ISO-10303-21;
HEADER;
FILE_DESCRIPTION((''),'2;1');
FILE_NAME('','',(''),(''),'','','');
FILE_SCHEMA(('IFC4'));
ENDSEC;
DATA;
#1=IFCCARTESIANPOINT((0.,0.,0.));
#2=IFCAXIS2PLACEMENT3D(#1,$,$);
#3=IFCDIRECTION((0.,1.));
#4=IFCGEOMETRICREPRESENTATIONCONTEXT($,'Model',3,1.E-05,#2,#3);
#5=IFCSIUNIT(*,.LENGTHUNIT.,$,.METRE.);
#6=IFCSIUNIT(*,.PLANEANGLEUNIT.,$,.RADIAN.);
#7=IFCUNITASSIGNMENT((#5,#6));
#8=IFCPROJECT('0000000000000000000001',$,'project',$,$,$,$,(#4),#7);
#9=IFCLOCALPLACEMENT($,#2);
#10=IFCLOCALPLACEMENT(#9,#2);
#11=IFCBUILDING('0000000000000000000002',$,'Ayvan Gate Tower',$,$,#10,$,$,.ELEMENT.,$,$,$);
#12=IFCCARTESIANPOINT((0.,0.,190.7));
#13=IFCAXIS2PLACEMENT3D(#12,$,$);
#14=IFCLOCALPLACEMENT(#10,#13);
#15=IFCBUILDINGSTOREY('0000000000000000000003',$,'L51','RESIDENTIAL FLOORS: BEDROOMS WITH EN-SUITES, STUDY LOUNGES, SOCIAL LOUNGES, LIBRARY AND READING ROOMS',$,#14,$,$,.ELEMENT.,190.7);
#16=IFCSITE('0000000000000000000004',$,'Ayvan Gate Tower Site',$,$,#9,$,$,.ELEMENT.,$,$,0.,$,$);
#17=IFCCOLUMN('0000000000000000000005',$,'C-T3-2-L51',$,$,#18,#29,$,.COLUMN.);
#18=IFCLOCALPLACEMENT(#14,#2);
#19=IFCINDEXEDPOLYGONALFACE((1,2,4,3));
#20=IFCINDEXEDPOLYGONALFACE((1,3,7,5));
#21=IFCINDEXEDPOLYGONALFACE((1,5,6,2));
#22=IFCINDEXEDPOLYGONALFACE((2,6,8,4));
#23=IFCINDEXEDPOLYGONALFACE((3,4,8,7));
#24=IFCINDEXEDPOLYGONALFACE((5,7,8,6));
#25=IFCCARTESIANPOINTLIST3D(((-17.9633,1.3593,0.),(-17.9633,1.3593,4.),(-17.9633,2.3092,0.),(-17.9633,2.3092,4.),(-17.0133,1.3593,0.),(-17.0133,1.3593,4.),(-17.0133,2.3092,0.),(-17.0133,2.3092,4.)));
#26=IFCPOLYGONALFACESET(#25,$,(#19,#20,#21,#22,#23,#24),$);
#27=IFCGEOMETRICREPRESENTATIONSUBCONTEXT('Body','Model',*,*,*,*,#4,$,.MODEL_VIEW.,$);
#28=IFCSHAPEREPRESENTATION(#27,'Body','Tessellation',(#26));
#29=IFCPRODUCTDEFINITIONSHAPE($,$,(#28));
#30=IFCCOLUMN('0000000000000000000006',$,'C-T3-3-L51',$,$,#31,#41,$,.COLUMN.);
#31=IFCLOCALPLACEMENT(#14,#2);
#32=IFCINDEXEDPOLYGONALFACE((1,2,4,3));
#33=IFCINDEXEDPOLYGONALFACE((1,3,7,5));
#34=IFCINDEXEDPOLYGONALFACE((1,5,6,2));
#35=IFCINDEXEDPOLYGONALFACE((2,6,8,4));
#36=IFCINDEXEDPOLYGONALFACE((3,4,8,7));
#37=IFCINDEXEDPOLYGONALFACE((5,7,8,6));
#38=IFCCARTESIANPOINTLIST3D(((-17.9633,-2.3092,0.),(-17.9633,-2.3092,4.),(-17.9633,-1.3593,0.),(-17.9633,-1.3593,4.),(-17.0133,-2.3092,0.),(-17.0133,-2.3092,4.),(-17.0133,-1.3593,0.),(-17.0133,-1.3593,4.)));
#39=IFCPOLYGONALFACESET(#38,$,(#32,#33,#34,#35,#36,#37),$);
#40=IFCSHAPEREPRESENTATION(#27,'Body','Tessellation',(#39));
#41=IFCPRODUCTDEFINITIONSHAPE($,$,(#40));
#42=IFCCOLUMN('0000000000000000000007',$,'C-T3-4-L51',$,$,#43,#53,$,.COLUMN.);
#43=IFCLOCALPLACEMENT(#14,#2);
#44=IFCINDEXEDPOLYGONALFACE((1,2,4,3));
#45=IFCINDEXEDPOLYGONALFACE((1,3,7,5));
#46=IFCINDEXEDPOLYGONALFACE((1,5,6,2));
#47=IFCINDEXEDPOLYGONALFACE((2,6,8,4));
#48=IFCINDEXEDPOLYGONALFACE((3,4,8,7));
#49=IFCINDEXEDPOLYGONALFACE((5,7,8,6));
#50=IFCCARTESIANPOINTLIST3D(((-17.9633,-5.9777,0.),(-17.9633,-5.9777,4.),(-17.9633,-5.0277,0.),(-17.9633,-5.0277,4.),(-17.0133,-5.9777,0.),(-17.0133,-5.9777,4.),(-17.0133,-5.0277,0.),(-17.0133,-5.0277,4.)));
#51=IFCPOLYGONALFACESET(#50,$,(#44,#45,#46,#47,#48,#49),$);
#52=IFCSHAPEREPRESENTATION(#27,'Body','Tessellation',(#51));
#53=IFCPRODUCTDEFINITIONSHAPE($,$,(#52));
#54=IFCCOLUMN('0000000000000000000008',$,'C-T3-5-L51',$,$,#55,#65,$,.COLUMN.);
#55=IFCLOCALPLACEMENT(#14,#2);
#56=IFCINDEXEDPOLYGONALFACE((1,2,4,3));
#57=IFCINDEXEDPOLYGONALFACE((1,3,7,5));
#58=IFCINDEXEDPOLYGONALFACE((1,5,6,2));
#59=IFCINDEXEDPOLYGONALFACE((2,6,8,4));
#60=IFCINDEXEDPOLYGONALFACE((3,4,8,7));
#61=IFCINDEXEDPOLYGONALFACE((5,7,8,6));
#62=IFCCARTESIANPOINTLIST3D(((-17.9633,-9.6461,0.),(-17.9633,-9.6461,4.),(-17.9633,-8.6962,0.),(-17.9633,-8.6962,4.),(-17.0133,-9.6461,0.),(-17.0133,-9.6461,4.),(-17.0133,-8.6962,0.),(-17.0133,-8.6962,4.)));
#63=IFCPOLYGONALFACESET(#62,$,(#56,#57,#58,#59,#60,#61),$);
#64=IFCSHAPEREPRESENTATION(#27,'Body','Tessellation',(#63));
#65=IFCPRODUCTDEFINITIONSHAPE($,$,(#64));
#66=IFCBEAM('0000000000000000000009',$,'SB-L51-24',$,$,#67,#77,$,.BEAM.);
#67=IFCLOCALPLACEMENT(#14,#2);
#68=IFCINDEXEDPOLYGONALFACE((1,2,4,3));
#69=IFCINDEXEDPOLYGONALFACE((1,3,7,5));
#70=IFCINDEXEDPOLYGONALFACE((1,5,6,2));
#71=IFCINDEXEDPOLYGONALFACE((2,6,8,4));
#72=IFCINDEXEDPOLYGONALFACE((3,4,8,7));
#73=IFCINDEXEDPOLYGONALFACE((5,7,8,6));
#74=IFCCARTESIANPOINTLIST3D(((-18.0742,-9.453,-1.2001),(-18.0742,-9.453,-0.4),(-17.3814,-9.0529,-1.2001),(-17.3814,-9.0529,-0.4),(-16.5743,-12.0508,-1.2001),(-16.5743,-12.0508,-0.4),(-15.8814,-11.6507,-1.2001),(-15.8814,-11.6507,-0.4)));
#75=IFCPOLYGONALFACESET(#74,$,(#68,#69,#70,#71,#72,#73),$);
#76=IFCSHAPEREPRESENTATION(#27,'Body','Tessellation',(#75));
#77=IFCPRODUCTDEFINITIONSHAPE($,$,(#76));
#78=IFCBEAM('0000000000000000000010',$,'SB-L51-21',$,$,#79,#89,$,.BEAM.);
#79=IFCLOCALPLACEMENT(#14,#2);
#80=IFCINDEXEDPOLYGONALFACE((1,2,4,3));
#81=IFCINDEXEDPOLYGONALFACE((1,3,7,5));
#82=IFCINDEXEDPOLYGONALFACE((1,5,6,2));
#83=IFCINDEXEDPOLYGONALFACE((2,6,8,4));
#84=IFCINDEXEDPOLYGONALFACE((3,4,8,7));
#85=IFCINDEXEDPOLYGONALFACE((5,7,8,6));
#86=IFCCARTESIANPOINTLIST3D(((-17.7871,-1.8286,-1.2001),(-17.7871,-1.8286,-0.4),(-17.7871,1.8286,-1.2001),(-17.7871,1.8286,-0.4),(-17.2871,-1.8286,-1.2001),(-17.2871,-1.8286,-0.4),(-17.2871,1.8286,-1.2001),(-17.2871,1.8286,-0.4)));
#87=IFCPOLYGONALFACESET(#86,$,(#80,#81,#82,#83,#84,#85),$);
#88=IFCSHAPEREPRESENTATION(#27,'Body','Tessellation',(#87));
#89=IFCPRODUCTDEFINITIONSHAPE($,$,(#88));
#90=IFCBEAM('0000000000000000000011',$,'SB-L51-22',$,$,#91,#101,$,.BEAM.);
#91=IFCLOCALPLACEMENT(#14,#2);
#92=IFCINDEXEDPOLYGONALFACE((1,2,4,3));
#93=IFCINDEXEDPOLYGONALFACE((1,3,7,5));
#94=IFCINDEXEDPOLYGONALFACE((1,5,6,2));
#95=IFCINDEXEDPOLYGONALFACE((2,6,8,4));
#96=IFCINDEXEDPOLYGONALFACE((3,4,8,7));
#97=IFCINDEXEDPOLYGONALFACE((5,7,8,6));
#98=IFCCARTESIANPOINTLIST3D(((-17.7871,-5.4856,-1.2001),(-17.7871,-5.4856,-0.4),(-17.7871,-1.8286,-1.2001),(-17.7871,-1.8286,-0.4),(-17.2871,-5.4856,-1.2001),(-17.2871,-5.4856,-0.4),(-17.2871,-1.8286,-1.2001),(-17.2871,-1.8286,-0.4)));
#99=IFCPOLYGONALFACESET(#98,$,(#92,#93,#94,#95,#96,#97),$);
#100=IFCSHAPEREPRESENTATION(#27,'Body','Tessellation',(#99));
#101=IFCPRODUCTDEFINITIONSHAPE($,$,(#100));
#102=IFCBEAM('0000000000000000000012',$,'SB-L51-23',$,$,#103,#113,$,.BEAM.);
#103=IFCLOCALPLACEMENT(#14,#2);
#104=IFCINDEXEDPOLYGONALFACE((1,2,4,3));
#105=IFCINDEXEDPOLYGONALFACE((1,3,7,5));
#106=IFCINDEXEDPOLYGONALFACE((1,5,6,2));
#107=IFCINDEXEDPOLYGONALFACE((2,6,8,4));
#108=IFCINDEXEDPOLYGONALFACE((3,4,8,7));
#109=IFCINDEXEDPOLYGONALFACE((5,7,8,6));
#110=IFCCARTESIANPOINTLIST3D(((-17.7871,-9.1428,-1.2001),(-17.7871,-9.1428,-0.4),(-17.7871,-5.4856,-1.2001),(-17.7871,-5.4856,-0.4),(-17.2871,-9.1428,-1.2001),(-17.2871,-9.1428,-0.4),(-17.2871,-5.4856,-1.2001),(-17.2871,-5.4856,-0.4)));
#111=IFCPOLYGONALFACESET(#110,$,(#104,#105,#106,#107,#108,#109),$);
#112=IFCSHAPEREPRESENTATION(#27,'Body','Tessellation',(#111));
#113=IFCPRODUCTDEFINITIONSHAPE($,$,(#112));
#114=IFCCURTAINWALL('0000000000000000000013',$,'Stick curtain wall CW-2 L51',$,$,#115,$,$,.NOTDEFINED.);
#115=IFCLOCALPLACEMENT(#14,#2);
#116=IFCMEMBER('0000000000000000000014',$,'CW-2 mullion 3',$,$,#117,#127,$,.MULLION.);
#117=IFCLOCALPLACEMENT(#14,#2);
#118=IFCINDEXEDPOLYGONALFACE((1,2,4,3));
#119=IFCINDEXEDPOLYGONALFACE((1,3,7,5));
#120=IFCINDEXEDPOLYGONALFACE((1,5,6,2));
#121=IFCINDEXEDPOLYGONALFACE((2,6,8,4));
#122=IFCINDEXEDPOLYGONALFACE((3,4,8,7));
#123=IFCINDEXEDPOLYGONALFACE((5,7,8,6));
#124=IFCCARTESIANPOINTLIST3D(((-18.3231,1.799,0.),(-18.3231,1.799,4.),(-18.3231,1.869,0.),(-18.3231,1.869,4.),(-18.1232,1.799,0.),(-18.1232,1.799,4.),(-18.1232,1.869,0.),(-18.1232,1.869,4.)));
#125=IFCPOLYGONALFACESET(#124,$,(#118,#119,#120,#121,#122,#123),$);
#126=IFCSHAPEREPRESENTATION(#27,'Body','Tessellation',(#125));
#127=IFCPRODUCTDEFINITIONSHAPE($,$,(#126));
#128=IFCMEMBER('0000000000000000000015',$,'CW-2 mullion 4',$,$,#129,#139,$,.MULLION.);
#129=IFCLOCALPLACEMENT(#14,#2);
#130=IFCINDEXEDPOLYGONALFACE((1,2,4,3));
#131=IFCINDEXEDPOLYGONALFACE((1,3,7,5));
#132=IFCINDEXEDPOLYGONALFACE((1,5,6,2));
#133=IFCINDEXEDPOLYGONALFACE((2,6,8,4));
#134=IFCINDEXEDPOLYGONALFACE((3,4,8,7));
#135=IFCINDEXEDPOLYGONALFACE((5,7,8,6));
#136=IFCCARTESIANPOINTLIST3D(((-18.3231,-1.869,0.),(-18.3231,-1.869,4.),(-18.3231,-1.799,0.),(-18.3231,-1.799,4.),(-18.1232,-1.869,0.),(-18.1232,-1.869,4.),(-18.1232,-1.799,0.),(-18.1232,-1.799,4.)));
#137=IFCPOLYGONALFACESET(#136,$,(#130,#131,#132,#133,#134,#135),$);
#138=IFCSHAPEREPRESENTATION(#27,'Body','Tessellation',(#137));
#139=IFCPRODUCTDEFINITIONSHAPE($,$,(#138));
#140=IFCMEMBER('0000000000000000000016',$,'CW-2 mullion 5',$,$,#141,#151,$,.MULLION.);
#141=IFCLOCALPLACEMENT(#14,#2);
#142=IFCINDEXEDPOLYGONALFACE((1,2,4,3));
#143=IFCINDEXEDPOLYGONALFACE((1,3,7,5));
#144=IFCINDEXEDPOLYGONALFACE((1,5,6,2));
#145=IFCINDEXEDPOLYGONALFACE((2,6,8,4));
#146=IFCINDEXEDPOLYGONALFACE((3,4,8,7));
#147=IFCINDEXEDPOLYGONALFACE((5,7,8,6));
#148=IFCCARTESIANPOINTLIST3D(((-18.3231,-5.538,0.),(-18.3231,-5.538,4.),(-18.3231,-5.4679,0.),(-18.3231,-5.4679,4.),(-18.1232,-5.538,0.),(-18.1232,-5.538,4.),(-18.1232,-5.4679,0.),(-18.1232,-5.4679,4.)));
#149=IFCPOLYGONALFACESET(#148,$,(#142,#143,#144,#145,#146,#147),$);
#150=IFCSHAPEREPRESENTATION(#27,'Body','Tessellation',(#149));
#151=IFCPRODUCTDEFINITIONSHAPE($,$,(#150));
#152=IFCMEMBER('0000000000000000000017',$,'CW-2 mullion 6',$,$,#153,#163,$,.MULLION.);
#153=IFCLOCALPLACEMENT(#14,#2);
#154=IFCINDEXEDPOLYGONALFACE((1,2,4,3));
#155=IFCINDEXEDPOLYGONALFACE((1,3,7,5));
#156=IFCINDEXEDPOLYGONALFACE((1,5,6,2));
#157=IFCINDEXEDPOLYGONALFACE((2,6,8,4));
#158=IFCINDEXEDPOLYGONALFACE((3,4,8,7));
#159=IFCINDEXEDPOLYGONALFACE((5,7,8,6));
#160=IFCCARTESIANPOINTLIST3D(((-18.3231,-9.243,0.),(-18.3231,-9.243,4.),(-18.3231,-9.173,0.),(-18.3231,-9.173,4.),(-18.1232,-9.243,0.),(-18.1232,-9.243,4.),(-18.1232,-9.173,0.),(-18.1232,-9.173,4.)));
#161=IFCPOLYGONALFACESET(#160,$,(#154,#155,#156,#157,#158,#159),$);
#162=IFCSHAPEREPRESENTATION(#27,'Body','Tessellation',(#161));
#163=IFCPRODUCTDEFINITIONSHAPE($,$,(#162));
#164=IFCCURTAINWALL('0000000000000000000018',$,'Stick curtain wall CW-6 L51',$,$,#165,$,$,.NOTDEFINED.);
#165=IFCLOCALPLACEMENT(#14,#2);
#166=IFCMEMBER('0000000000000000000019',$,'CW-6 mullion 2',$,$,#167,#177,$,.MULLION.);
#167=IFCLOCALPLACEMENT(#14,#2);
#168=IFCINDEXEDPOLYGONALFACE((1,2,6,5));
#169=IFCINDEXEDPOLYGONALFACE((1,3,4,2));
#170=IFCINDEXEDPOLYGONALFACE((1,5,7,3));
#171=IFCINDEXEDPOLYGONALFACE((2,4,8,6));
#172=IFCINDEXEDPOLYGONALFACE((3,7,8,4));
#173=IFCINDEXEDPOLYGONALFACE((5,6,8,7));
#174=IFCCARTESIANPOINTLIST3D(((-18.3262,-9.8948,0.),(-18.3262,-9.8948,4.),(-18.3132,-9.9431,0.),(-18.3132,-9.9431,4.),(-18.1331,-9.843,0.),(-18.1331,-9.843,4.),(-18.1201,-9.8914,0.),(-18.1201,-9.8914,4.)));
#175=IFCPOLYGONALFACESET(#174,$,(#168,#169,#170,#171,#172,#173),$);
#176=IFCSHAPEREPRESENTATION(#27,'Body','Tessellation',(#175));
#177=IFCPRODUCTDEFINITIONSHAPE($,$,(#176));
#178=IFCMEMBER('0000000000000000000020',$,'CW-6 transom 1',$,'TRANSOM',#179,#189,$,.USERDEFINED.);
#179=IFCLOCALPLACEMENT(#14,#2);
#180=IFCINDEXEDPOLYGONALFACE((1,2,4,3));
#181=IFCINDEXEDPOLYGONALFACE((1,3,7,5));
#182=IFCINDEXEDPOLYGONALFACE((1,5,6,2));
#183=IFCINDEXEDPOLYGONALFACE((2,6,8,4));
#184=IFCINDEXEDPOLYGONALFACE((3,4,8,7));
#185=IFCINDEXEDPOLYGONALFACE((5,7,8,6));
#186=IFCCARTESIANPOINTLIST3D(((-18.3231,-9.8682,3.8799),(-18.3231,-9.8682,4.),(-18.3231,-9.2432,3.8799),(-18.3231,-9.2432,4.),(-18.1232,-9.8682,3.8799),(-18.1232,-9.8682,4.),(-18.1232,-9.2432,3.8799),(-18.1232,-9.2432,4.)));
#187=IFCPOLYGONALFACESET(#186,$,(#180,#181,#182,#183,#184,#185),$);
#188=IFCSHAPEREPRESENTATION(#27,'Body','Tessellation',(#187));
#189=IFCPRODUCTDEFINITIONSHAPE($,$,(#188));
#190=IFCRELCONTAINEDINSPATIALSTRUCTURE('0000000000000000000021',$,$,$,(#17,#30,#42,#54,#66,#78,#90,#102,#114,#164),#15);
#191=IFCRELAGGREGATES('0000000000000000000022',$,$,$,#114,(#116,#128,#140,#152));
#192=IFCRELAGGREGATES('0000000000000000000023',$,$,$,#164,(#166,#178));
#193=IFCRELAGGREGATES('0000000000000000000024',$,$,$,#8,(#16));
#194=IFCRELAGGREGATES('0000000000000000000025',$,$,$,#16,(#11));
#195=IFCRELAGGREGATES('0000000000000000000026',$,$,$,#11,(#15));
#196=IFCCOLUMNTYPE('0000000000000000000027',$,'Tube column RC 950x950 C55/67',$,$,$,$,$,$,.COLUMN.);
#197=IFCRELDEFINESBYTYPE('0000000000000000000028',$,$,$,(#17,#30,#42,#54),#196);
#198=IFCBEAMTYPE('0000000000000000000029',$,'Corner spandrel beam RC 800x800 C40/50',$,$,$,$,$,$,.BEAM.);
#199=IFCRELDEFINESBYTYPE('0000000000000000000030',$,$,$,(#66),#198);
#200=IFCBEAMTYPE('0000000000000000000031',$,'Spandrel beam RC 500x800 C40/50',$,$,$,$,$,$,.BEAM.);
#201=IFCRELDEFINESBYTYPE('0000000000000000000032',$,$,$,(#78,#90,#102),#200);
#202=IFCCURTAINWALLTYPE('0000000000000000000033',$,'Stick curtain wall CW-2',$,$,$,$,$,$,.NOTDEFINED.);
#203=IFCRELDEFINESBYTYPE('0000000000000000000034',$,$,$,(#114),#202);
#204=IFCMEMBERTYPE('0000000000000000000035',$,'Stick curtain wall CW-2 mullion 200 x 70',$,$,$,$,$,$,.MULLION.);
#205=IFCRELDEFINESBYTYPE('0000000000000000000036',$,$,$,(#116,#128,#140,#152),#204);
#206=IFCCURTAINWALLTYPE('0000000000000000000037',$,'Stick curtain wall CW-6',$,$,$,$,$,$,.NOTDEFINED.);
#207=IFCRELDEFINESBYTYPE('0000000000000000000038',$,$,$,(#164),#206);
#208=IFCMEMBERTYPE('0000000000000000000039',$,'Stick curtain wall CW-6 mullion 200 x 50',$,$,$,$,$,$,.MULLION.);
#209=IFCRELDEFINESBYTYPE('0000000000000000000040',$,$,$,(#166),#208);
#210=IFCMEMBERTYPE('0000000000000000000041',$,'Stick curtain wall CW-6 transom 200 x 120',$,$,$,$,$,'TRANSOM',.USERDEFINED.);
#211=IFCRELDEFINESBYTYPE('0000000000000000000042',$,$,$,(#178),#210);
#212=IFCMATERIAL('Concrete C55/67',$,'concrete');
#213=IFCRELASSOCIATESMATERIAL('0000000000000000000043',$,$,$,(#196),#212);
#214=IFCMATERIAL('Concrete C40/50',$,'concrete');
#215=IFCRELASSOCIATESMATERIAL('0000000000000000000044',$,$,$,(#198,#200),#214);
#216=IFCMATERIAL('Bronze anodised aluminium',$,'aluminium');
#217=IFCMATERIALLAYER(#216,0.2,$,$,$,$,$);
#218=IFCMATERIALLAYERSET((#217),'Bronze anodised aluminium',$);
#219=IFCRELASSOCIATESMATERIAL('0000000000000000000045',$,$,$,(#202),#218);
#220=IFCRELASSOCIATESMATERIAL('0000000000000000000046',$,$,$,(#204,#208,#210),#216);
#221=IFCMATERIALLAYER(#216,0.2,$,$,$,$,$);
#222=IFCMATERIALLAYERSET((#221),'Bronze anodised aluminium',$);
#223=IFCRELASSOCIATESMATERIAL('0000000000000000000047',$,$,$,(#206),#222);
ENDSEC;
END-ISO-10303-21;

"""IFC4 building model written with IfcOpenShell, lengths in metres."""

from ifc_helpers import new_model, si_unit, direction, frame, origin, origin_2d, place, context, subcontext, project, spatial, rectangle, extrude, material, layer, layer_set, material_profile, profile_set, type_object, element, aggregate, save


model = new_model("IFC4")

# Units and contexts
model_context = context("Model", 3, precision=1e-05, world=origin(), true_north=direction((0.0, 1.0)))
body_context = subcontext(model_context, "Body", "Model", "MODEL_VIEW")
ifc_project = project(units=[si_unit("LENGTHUNIT", "METRE"), si_unit("PLANEANGLEUNIT", "RADIAN")], contexts=[model_context])

# Site, building, storey
site_placement = place(None, origin())
site = spatial("IfcSite", under=ifc_project, at=site_placement, Name="Ayvan Gate Tower Site", CompositionType="ELEMENT", RefElevation=0.0)
building_placement = place(site_placement, origin())
building = spatial("IfcBuilding", under=site, at=building_placement, Name="Ayvan Gate Tower", CompositionType="ELEMENT")
storey_placement = place(building_placement, frame((0.0, 0.0, 190.7)))
storey = spatial("IfcBuildingStorey", under=building, at=storey_placement, Name="L51", Description="RESIDENTIAL FLOORS: BEDROOMS WITH EN-SUITES, STUDY LOUNGES, SOCIAL LOUNGES, LIBRARY AND READING ROOMS", CompositionType="ELEMENT", Elevation=190.7)

# Columns
ifc_material_1 = material(Name="Concrete C55/67", Category="concrete")
ifc_material_profile_1 = material_profile(ifc_material_1, rectangle(XDim=0.95, YDim=0.95, at=origin_2d()), Name="RC 950x950")
ifc_profile_set_1 = profile_set([ifc_material_profile_1], Name="Concrete C55/67")
column_type = type_object("IfcColumnType", Name="Tube column RC 950x950 C55/67", PredefinedType="COLUMN", material=ifc_profile_set_1)
for number, where, z_axis, x_axis, name in (
    (1, (-17.4883, 1.8342, 0.0), (0.0, 0.0, 1.0), (-1.0, 0.0, 0.0), "C-T3-2-L51"),
    (2, (-17.4883, -1.8342, 0.0), (0.0, 0.0, 1.0), (-1.0, 0.0, 0.0), "C-T3-3-L51"),
    (3, (-17.4883, -5.5027, 0.0), (0.0, 0.0, 1.0), (-1.0, 0.0, 0.0), "C-T3-4-L51"),
    (4, (-17.4883, -9.1711, 0.0), (0.0, 0.0, 1.0), (-1.0, 0.0, 0.0), "C-T3-5-L51"),
):
    element("IfcColumn", number, at=place(storey_placement, frame(where, z_axis=z_axis, x_axis=x_axis)), inside=storey, type_object=column_type, Name=name, PredefinedType="COLUMN", context=body_context, shape_type="SweptSolid", body=[
        extrude(rectangle(XDim=0.95, YDim=0.95, at=origin_2d()), origin(), (0.0, 0.0, 1.0), 4.0),
    ])

# Beams
ifc_material_2 = material(Name="Concrete C40/50", Category="concrete")
ifc_material_profile_2 = material_profile(ifc_material_2, rectangle(XDim=0.8, YDim=0.8, at=origin_2d()), Name="RC 800x800")
ifc_profile_set_2 = profile_set([ifc_material_profile_2], Name="Concrete C40/50")
beam_type_1 = type_object("IfcBeamType", Name="Corner spandrel beam RC 800x800 C40/50", PredefinedType="BEAM", material=ifc_profile_set_2)
beam_1_placement = place(storey_placement, frame((-17.7278, -9.2529, -0.8), z_axis=(0.500025, -0.866011, 0.0), x_axis=(0.866011, 0.500025, 0.0)))
element("IfcBeam", 5, at=beam_1_placement, inside=storey, type_object=beam_type_1, Name="SB-L51-24", PredefinedType="BEAM", context=body_context, shape_type="SweptSolid", body=[
    extrude(rectangle(XDim=0.8, YDim=0.8, at=origin_2d()), origin(), (0.0, 0.0, 1.0), 2.9998),
])
ifc_material_profile_3 = material_profile(ifc_material_2, rectangle(XDim=0.5, YDim=0.8, at=origin_2d()), Name="RC 500x800")
ifc_profile_set_3 = profile_set([ifc_material_profile_3], Name="Concrete C40/50")
beam_type_2 = type_object("IfcBeamType", Name="Spandrel beam RC 500x800 C40/50", PredefinedType="BEAM", material=ifc_profile_set_3)
beam_2_placement = place(storey_placement, frame((-17.5371, 1.8286, -0.8), z_axis=(0.0, -1.0, 0.0), x_axis=(1.0, 0.0, 0.0)))
element("IfcBeam", 6, at=beam_2_placement, inside=storey, type_object=beam_type_2, Name="SB-L51-21", PredefinedType="BEAM", context=body_context, shape_type="SweptSolid", body=[
    extrude(rectangle(XDim=0.5, YDim=0.8, at=origin_2d()), origin(), (0.0, 0.0, 1.0), 3.6572),
])
beam_3_placement = place(storey_placement, frame((-17.5371, -1.8286, -0.8), z_axis=(0.0, -1.0, 0.0), x_axis=(1.0, 0.0, 0.0)))
element("IfcBeam", 7, at=beam_3_placement, inside=storey, type_object=beam_type_2, Name="SB-L51-22", PredefinedType="BEAM", context=body_context, shape_type="SweptSolid", body=[
    extrude(rectangle(XDim=0.5, YDim=0.8, at=origin_2d()), origin(), (0.0, 0.0, 1.0), 3.657),
])
beam_4_placement = place(storey_placement, frame((-17.5371, -5.4856, -0.8), z_axis=(0.0, -1.0, 0.0), x_axis=(1.0, 0.0, 0.0)))
element("IfcBeam", 8, at=beam_4_placement, inside=storey, type_object=beam_type_2, Name="SB-L51-23", PredefinedType="BEAM", context=body_context, shape_type="SweptSolid", body=[
    extrude(rectangle(XDim=0.5, YDim=0.8, at=origin_2d()), origin(), (0.0, 0.0, 1.0), 3.6572),
])

# Curtain walls, members
ifc_material_3 = material(Name="Bronze anodised aluminium", Category="aluminium")
ifc_layer_1 = layer(ifc_material_3, 0.2)
ifc_layer_set_1 = layer_set([ifc_layer_1], Name="Bronze anodised aluminium")
curtain_wall_type_1 = type_object("IfcCurtainWallType", Name="Stick curtain wall CW-2", PredefinedType="NOTDEFINED", material=ifc_layer_set_1)
curtain_wall_1_placement = place(storey_placement, origin())
curtain_wall_1 = element("IfcCurtainWall", 9, at=curtain_wall_1_placement, inside=storey, type_object=curtain_wall_type_1, Name="Stick curtain wall CW-2 L51", PredefinedType="NOTDEFINED")
ifc_material_profile_4 = material_profile(ifc_material_3, rectangle(XDim=0.2, YDim=0.0701, at=origin_2d()), Name="Stick curtain wall CW-2 mullion 200 x 70")
ifc_profile_set_4 = profile_set([ifc_material_profile_4], Name="Bronze anodised aluminium")
member_type_1 = type_object("IfcMemberType", Name="Stick curtain wall CW-2 mullion 200 x 70", PredefinedType="MULLION", material=ifc_profile_set_4)
member_1_placement = place(storey_placement, frame((-18.2231, 1.834, 0.0), z_axis=(0.0, 0.0, 1.0), x_axis=(-1.0, 0.0, 0.0)))
member_1 = element("IfcMember", 10, at=member_1_placement, type_object=member_type_1, Name="CW-2 mullion 3", PredefinedType="MULLION", context=body_context, shape_type="SweptSolid", body=[
    extrude(rectangle(XDim=0.2, YDim=0.0701, at=origin_2d()), origin(), (0.0, 0.0, 1.0), 4.0),
])
member_2_placement = place(storey_placement, frame((-18.2231, -1.834, 0.0), z_axis=(0.0, 0.0, 1.0), x_axis=(-1.0, 0.0, 0.0)))
member_2 = element("IfcMember", 11, at=member_2_placement, type_object=member_type_1, Name="CW-2 mullion 4", PredefinedType="MULLION", context=body_context, shape_type="SweptSolid", body=[
    extrude(rectangle(XDim=0.2, YDim=0.0701, at=origin_2d()), origin(), (0.0, 0.0, 1.0), 4.0),
])
member_3_placement = place(storey_placement, frame((-18.2231, -5.5029, 0.0), z_axis=(0.0, 0.0, 1.0), x_axis=(-1.0, 0.0, 0.0)))
member_3 = element("IfcMember", 12, at=member_3_placement, type_object=member_type_1, Name="CW-2 mullion 5", PredefinedType="MULLION", context=body_context, shape_type="SweptSolid", body=[
    extrude(rectangle(XDim=0.2, YDim=0.0701, at=origin_2d()), origin(), (0.0, 0.0, 1.0), 4.0),
])
member_4_placement = place(storey_placement, frame((-18.2231, -9.208, 0.0), z_axis=(0.0, 0.0, 1.0), x_axis=(-1.0, 0.0, 0.0)))
member_4 = element("IfcMember", 13, at=member_4_placement, type_object=member_type_1, Name="CW-2 mullion 6", PredefinedType="MULLION", context=body_context, shape_type="SweptSolid", body=[
    extrude(rectangle(XDim=0.2, YDim=0.0701, at=origin_2d()), origin(), (0.0, 0.0, 1.0), 4.0),
])
ifc_layer_2 = layer(ifc_material_3, 0.2)
ifc_layer_set_2 = layer_set([ifc_layer_2], Name="Bronze anodised aluminium")
curtain_wall_type_2 = type_object("IfcCurtainWallType", Name="Stick curtain wall CW-6", PredefinedType="NOTDEFINED", material=ifc_layer_set_2)
curtain_wall_2_placement = place(storey_placement, origin())
curtain_wall_2 = element("IfcCurtainWall", 14, at=curtain_wall_2_placement, inside=storey, type_object=curtain_wall_type_2, Name="Stick curtain wall CW-6 L51", PredefinedType="NOTDEFINED")
ifc_material_profile_5 = material_profile(ifc_material_3, rectangle(XDim=0.2, YDim=0.05, at=origin_2d()), Name="Stick curtain wall CW-6 mullion 200 x 50")
ifc_profile_set_5 = profile_set([ifc_material_profile_5], Name="Bronze anodised aluminium")
member_type_2 = type_object("IfcMemberType", Name="Stick curtain wall CW-6 mullion 200 x 50", PredefinedType="MULLION", material=ifc_profile_set_5)
member_5_placement = place(storey_placement, frame((-18.2231, -9.8931, 0.0), z_axis=(0.0, 0.0, 1.0), x_axis=(-0.965926, -0.258819, 0.0)))
member_5 = element("IfcMember", 15, at=member_5_placement, type_object=member_type_2, Name="CW-6 mullion 2", PredefinedType="MULLION", context=body_context, shape_type="SweptSolid", body=[
    extrude(rectangle(XDim=0.2, YDim=0.05, at=origin_2d()), origin(), (0.0, 0.0, 1.0), 4.0),
])
ifc_material_profile_6 = material_profile(ifc_material_3, rectangle(XDim=0.2, YDim=0.1201, at=origin_2d()), Name="Stick curtain wall CW-6 transom 200 x 120")
ifc_profile_set_6 = profile_set([ifc_material_profile_6], Name="Bronze anodised aluminium")
member_type_3 = type_object("IfcMemberType", Name="Stick curtain wall CW-6 transom 200 x 120", ElementType="TRANSOM", PredefinedType="USERDEFINED", material=ifc_profile_set_6)
member_6_placement = place(storey_placement, frame((-18.2231, -9.2432, 3.9399), z_axis=(0.0, -1.0, 0.0), x_axis=(1.0, 0.0, 0.0)))
member_6 = element("IfcMember", 16, at=member_6_placement, type_object=member_type_3, Name="CW-6 transom 1", ObjectType="TRANSOM", PredefinedType="USERDEFINED", context=body_context, shape_type="SweptSolid", body=[
    extrude(rectangle(XDim=0.2, YDim=0.1201, at=origin_2d()), origin(), (0.0, 0.0, 1.0), 0.625),
])

aggregate(curtain_wall_1, [member_1, member_2, member_3, member_4])
aggregate(curtain_wall_2, [member_5, member_6])

save(model, "model.ifc")
